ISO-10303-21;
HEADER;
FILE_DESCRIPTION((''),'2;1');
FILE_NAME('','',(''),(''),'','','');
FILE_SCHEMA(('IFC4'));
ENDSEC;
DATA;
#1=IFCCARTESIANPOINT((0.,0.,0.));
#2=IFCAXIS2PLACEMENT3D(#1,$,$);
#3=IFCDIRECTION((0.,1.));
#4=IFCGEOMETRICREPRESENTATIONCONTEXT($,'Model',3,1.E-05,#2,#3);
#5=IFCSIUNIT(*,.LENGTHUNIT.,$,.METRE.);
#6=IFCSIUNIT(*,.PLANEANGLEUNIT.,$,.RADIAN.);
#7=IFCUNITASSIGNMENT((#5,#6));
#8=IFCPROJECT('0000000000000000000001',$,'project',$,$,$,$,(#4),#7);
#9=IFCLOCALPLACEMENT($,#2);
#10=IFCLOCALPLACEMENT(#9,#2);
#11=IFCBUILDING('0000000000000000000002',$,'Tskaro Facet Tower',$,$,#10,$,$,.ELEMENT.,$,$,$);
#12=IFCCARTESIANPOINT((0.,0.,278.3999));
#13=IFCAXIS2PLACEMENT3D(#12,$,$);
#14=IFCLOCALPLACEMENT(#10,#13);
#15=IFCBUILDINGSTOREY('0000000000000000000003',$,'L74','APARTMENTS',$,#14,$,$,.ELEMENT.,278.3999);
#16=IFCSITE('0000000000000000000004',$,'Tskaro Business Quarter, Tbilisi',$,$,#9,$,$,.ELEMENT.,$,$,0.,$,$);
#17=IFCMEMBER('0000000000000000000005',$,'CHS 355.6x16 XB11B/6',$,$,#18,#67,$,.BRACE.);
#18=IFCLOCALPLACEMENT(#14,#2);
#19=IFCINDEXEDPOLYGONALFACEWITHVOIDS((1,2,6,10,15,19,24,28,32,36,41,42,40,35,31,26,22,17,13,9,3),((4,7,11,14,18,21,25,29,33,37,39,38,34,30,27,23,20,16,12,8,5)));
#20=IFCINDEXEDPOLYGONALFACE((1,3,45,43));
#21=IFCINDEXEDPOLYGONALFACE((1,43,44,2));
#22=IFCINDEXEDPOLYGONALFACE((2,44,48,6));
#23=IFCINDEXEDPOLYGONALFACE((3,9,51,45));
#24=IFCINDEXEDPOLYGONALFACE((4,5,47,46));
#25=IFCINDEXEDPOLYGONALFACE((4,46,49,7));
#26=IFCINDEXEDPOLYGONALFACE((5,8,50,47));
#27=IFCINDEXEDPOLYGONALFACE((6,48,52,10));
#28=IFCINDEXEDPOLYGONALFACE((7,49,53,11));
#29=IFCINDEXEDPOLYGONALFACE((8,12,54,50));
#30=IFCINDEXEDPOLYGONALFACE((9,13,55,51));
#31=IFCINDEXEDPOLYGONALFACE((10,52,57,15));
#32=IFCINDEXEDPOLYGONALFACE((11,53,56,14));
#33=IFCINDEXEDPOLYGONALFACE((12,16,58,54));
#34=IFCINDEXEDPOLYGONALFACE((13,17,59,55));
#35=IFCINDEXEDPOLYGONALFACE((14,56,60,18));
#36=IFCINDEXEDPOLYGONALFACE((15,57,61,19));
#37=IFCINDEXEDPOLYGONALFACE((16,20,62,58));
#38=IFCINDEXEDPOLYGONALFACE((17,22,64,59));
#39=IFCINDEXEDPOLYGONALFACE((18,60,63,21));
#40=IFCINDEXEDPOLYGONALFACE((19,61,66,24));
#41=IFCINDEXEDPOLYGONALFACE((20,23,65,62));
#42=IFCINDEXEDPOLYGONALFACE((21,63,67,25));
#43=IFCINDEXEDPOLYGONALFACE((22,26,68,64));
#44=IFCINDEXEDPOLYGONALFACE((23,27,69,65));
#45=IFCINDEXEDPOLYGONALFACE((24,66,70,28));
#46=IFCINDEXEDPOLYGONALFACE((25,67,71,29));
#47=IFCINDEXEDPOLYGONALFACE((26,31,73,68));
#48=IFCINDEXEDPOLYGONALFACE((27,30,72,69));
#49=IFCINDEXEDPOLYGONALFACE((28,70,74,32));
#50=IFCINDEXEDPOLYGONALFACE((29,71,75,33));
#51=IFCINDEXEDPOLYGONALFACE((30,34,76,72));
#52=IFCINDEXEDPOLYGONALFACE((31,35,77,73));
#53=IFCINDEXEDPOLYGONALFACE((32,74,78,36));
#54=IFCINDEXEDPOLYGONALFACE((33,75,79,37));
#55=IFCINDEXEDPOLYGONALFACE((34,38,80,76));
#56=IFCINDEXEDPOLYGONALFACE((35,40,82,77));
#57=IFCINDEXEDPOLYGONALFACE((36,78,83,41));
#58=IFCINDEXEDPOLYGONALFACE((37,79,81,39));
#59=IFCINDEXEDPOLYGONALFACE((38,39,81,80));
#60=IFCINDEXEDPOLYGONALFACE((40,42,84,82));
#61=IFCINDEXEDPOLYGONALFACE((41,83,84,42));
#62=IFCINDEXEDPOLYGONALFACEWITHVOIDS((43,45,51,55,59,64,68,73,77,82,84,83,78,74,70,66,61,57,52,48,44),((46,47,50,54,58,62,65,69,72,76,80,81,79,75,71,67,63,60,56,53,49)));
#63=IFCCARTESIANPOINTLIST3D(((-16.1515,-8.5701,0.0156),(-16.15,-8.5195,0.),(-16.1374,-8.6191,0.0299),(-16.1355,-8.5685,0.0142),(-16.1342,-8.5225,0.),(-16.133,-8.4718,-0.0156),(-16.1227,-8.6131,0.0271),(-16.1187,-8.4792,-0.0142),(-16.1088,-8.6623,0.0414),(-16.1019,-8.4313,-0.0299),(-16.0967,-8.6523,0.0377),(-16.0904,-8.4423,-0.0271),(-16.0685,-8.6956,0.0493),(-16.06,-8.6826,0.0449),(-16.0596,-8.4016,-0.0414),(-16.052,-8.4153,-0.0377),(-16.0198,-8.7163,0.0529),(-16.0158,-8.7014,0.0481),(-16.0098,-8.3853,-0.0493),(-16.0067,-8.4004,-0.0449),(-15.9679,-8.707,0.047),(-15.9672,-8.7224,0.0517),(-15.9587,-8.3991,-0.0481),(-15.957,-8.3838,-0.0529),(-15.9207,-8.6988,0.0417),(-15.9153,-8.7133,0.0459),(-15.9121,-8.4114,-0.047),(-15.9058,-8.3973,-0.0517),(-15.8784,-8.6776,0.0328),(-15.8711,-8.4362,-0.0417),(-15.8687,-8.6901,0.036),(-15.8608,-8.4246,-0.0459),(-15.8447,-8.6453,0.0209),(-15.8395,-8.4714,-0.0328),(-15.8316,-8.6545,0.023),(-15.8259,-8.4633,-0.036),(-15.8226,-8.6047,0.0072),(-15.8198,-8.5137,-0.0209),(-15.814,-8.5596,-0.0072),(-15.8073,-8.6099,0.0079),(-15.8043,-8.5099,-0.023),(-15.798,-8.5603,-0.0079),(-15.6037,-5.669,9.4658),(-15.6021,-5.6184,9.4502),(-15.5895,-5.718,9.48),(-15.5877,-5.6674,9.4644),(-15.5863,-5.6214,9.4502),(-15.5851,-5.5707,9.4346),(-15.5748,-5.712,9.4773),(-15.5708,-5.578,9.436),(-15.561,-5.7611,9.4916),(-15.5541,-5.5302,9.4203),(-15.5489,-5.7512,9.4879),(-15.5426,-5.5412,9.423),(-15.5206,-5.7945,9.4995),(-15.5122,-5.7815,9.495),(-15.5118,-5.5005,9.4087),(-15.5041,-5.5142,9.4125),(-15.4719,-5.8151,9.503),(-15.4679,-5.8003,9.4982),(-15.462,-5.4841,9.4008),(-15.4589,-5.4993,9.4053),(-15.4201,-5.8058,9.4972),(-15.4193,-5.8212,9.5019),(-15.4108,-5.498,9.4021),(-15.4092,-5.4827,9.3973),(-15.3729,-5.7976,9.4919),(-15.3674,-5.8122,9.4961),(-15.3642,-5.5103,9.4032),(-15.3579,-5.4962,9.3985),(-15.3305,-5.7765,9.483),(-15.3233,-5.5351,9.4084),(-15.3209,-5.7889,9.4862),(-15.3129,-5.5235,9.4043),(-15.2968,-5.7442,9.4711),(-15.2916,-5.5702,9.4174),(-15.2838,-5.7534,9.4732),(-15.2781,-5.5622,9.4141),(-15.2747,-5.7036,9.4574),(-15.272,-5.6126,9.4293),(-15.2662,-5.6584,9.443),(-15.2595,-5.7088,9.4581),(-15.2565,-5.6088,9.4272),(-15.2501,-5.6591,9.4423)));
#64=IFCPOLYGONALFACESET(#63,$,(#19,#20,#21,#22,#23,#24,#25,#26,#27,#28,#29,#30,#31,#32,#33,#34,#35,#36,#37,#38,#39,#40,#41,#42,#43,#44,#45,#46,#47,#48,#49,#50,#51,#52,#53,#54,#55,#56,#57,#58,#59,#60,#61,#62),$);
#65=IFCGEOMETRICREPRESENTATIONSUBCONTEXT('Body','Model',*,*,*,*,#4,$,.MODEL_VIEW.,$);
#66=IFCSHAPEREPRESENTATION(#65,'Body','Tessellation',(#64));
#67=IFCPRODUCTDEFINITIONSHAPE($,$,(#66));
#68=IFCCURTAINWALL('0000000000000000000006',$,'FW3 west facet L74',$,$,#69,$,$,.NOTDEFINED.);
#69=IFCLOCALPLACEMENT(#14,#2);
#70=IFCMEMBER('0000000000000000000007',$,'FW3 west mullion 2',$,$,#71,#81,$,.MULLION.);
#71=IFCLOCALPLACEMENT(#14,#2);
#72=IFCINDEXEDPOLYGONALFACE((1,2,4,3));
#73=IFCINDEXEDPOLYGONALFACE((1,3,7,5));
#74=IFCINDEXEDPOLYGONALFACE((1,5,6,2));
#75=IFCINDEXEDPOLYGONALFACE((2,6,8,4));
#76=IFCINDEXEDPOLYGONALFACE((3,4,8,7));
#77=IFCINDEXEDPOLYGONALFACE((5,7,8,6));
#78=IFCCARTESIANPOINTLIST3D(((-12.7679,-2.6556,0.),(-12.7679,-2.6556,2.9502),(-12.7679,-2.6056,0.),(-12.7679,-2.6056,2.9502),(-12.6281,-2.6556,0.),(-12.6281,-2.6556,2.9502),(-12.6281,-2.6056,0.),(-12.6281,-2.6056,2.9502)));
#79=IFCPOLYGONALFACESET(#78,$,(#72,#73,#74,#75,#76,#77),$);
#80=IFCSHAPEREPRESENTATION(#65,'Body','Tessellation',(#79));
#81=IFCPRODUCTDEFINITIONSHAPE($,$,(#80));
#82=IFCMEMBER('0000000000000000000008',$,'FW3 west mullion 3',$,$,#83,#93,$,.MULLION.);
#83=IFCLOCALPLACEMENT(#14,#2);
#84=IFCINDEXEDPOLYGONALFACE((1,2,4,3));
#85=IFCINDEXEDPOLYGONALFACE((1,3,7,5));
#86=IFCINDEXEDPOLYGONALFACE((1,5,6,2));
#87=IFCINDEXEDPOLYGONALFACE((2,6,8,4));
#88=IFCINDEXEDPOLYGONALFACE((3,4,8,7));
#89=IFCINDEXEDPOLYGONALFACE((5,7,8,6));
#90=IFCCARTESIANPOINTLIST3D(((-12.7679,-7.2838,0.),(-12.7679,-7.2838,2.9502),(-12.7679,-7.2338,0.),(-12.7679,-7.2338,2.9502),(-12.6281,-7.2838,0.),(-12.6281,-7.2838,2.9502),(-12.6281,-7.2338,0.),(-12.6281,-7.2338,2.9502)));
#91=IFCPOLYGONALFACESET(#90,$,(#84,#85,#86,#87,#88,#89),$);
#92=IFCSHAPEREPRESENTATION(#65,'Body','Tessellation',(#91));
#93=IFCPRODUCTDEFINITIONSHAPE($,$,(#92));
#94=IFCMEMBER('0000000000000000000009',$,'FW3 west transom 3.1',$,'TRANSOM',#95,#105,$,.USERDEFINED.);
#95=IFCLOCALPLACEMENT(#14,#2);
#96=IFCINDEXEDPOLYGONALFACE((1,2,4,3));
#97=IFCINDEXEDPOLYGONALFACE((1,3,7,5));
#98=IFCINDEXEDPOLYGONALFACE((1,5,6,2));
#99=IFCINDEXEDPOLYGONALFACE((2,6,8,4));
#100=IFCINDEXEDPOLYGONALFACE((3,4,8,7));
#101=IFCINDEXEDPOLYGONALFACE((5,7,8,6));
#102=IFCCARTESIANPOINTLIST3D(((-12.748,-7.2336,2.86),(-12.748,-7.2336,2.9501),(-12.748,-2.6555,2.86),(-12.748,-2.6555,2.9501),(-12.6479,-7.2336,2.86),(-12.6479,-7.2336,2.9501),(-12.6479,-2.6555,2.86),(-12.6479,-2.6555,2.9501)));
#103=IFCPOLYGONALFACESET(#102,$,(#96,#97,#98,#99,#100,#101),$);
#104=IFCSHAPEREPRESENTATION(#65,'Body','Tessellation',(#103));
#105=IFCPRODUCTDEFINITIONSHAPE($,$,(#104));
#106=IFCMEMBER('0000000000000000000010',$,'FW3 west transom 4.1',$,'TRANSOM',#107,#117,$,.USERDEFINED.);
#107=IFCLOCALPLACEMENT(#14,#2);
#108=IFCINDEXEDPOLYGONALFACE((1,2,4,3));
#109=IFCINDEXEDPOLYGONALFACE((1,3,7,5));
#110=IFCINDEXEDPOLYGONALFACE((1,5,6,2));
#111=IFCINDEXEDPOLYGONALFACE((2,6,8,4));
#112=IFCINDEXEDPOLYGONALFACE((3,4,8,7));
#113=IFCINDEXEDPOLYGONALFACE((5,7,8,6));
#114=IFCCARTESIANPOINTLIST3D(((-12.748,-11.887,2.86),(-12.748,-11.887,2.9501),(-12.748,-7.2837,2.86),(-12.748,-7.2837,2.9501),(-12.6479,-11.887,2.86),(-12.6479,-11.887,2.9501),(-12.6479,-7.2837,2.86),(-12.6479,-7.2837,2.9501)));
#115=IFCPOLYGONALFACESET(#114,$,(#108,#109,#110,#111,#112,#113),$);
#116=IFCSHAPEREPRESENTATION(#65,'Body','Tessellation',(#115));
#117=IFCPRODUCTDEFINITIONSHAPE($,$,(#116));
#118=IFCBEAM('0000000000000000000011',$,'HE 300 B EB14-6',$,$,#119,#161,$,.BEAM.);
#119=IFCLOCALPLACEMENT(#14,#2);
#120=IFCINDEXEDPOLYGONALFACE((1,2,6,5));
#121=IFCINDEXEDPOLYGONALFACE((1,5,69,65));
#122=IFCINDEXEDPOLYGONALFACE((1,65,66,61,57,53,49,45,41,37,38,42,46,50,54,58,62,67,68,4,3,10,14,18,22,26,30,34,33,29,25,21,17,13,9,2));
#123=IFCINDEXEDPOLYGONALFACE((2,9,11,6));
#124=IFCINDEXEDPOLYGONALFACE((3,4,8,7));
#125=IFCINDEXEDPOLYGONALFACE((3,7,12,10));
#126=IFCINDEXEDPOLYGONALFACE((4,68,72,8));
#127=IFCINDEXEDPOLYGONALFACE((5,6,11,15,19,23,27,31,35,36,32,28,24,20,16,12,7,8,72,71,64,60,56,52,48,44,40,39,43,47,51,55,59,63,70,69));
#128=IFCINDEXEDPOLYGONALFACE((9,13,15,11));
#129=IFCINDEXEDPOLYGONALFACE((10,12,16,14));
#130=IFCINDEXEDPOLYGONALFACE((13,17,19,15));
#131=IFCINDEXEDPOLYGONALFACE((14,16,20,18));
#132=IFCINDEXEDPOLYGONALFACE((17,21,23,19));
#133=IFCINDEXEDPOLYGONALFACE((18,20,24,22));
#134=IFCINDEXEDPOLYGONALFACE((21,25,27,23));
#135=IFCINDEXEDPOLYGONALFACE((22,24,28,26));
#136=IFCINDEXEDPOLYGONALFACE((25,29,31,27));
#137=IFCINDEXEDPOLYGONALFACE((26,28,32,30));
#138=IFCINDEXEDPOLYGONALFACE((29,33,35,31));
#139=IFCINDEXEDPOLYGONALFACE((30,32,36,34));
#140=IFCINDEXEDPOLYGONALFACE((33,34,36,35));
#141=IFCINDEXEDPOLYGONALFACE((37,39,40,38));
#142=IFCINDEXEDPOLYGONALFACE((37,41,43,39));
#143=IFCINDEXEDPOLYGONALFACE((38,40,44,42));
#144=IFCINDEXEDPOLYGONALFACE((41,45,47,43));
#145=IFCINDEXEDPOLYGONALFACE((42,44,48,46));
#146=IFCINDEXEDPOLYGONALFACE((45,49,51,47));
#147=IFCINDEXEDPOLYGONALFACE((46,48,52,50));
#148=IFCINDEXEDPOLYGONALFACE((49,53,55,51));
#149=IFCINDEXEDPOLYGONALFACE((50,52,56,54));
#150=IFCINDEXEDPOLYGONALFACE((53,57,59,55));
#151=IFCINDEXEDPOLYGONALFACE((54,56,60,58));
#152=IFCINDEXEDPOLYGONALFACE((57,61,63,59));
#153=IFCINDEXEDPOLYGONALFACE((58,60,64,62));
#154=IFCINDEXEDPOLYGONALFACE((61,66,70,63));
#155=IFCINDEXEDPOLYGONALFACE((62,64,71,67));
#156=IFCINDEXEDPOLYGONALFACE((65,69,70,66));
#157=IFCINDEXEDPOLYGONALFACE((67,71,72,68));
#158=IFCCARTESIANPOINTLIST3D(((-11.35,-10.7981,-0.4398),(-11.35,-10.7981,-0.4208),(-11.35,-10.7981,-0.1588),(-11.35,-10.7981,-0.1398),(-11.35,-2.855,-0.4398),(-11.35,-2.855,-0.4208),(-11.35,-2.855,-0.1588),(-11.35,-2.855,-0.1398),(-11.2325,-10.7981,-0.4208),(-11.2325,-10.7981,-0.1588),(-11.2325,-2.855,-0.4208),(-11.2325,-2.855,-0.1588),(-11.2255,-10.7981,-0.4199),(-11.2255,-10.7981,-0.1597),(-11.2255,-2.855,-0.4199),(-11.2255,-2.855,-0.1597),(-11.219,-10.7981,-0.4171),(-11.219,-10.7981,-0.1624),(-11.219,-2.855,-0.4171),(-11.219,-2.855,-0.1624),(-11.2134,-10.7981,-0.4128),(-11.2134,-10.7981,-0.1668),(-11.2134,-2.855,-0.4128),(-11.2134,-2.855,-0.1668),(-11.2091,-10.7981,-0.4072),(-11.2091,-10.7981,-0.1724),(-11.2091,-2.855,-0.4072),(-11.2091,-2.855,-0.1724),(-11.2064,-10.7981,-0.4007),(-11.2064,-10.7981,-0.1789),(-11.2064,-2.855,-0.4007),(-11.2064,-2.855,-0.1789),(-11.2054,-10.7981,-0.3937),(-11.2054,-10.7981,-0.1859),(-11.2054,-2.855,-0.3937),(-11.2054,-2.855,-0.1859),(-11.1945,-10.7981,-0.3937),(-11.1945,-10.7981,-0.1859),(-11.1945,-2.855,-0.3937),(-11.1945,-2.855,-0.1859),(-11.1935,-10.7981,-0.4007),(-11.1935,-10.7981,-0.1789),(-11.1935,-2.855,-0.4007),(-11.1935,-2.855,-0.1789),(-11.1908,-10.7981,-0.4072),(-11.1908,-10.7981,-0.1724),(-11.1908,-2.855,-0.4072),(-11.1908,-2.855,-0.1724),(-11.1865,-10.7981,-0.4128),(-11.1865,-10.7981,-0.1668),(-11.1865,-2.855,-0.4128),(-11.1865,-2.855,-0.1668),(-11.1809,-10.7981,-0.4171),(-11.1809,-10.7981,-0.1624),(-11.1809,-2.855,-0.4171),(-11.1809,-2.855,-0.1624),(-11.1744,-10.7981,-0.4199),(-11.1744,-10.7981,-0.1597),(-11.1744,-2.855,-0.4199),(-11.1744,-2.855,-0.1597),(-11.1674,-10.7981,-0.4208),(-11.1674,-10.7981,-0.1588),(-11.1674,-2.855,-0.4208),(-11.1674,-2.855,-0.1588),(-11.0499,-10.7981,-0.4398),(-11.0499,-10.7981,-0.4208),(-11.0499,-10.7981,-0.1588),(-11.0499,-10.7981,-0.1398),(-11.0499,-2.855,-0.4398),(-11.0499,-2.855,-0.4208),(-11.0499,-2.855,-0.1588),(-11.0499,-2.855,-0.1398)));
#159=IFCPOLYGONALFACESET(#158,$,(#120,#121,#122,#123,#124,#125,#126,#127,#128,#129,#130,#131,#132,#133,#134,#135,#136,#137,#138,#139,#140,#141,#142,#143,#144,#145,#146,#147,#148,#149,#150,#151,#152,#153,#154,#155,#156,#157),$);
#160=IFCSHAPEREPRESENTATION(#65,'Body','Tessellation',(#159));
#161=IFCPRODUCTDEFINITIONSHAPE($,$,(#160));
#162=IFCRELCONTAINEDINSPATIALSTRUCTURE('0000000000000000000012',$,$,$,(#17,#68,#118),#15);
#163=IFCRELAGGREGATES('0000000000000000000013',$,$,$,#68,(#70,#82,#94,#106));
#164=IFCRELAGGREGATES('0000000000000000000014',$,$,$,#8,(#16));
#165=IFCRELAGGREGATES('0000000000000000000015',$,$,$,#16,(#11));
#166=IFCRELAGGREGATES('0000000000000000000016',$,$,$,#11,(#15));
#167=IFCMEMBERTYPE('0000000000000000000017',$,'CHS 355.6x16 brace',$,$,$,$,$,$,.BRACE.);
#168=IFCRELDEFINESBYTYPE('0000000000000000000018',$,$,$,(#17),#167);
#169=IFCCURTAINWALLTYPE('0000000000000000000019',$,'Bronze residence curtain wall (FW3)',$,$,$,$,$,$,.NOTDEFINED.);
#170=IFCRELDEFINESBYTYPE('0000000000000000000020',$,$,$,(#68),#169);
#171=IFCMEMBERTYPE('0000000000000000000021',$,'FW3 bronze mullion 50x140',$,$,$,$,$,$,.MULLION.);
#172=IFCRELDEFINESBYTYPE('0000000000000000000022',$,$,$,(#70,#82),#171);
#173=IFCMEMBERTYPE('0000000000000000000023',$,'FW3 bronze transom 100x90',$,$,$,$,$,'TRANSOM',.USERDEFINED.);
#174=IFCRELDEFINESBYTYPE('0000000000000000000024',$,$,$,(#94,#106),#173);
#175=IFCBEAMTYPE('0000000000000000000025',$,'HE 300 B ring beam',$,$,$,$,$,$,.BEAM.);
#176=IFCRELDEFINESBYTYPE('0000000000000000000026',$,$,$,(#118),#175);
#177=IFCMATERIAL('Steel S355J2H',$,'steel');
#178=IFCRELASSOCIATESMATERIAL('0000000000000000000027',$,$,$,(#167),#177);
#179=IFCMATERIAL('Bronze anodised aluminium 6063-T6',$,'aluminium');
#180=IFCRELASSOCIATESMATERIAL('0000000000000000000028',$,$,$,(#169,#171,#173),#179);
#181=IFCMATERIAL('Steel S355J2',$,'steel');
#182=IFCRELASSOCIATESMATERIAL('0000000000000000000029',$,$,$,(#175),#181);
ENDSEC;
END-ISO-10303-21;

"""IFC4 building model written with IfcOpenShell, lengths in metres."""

from ifc_helpers import new_model, si_unit, direction, frame, origin, origin_2d, place, context, subcontext, project, spatial, rectangle, hollow_circle, i_section, extrude, material, material_profile, profile_set, type_object, element, aggregate, save


model = new_model("IFC4")

# Units and contexts
model_context = context("Model", 3, precision=1e-05, world=origin(), true_north=direction((0.0, 1.0)))
body_context = subcontext(model_context, "Body", "Model", "MODEL_VIEW")
ifc_project = project(units=[si_unit("LENGTHUNIT", "METRE"), si_unit("PLANEANGLEUNIT", "RADIAN")], contexts=[model_context])

# Site, building, storey
site_placement = place(None, origin())
site = spatial("IfcSite", under=ifc_project, at=site_placement, Name="Tskaro Business Quarter, Tbilisi", CompositionType="ELEMENT", RefElevation=0.0)
building_placement = place(site_placement, origin())
building = spatial("IfcBuilding", under=site, at=building_placement, Name="Tskaro Facet Tower", CompositionType="ELEMENT")
storey_placement = place(building_placement, frame((0.0, 0.0, 278.3999)))
storey = spatial("IfcBuildingStorey", under=building, at=storey_placement, Name="L74", Description="APARTMENTS", CompositionType="ELEMENT", Elevation=278.3999)

# Shared definitions
ifc_material_1 = material(Name="Steel S355J2H", Category="steel")

# Member
ifc_material_profile_1 = material_profile(ifc_material_1, hollow_circle(Radius=0.1777, WallThickness=0.0161, at=origin_2d()), Name="CHS 355.6x16")
ifc_profile_set_1 = profile_set([ifc_material_profile_1], Name="Steel S355J2H")
member_type_1 = type_object("IfcMemberType", Name="CHS 355.6x16 brace", PredefinedType="BRACE", material=ifc_profile_set_1)
member_1_placement = place(storey_placement, frame((-15.9753, -8.5525, 0.0), z_axis=(0.055335, 0.293024, 0.954503), x_axis=(-0.982633, 0.185562, 0.0)))
element("IfcMember", 1, at=member_1_placement, inside=storey, type_object=member_type_1, Name="CHS 355.6x16 XB11B/6", PredefinedType="BRACE", context=body_context, shape_type="SweptSolid", body=[
    extrude(hollow_circle(Radius=0.1777, WallThickness=0.0161, at=origin_2d()), origin(), (0.0, 0.0, 1.0), 9.9006),
])

# Curtain wall, members
ifc_material_2 = material(Name="Bronze anodised aluminium 6063-T6", Category="aluminium")
curtain_wall_type = type_object("IfcCurtainWallType", Name="Bronze residence curtain wall (FW3)", PredefinedType="NOTDEFINED", material=ifc_material_2)
curtain_wall_placement = place(storey_placement, origin())
curtain_wall = element("IfcCurtainWall", 2, at=curtain_wall_placement, inside=storey, type_object=curtain_wall_type, Name="FW3 west facet L74", PredefinedType="NOTDEFINED")
ifc_material_profile_2 = material_profile(ifc_material_2, rectangle(XDim=0.05, YDim=0.1399, at=origin_2d()), Name="Mullion 50x140")
ifc_profile_set_2 = profile_set([ifc_material_profile_2], Name="Bronze anodised aluminium 6063-T6")
member_type_2 = type_object("IfcMemberType", Name="FW3 bronze mullion 50x140", PredefinedType="MULLION", material=ifc_profile_set_2)
member_2_placement = place(storey_placement, frame((-12.698, -2.6306, 0.0), z_axis=(0.0, 0.0, 1.0), x_axis=(0.0, -1.0, 0.0)))
member_2 = element("IfcMember", 3, at=member_2_placement, type_object=member_type_2, Name="FW3 west mullion 2", PredefinedType="MULLION", context=body_context, shape_type="SweptSolid", body=[
    extrude(rectangle(XDim=0.05, YDim=0.1399, at=origin_2d()), origin(), (0.0, 0.0, 1.0), 2.9502),
])
member_3_placement = place(storey_placement, frame((-12.698, -7.2588, 0.0), z_axis=(0.0, 0.0, 1.0), x_axis=(0.0, -1.0, 0.0)))
member_3 = element("IfcMember", 4, at=member_3_placement, type_object=member_type_2, Name="FW3 west mullion 3", PredefinedType="MULLION", context=body_context, shape_type="SweptSolid", body=[
    extrude(rectangle(XDim=0.05, YDim=0.1399, at=origin_2d()), origin(), (0.0, 0.0, 1.0), 2.9502),
])
ifc_material_profile_3 = material_profile(ifc_material_2, rectangle(XDim=0.1001, YDim=0.0901, at=origin_2d()), Name="Transom 100x90")
ifc_profile_set_3 = profile_set([ifc_material_profile_3], Name="Bronze anodised aluminium 6063-T6")
member_type_3 = type_object("IfcMemberType", Name="FW3 bronze transom 100x90", ElementType="TRANSOM", PredefinedType="USERDEFINED", material=ifc_profile_set_3)
member_4_placement = place(storey_placement, frame((-12.698, -2.6555, 2.905), z_axis=(0.0, -1.0, 0.0), x_axis=(1.0, 0.0, 0.0)))
member_4 = element("IfcMember", 5, at=member_4_placement, type_object=member_type_3, Name="FW3 west transom 3.1", ObjectType="TRANSOM", PredefinedType="USERDEFINED", context=body_context, shape_type="SweptSolid", body=[
    extrude(rectangle(XDim=0.1001, YDim=0.0901, at=origin_2d()), origin(), (0.0, 0.0, 1.0), 4.5781),
])
member_5_placement = place(storey_placement, frame((-12.698, -7.2837, 2.905), z_axis=(0.0, -1.0, 0.0), x_axis=(1.0, 0.0, 0.0)))
member_5 = element("IfcMember", 6, at=member_5_placement, type_object=member_type_3, Name="FW3 west transom 4.1", ObjectType="TRANSOM", PredefinedType="USERDEFINED", context=body_context, shape_type="SweptSolid", body=[
    extrude(rectangle(XDim=0.1001, YDim=0.0901, at=origin_2d()), origin(), (0.0, 0.0, 1.0), 4.6033),
])

# Beam
ifc_material_3 = material(Name="Steel S355J2", Category="steel")
ifc_material_profile_4 = material_profile(ifc_material_3, i_section(OverallWidth=0.3, OverallDepth=0.3, WebThickness=0.011, FlangeThickness=0.019, FilletRadius=0.0271, at=origin_2d()), Name="HE 300 B")
ifc_profile_set_4 = profile_set([ifc_material_profile_4], Name="Steel S355J2")
beam_type_1 = type_object("IfcBeamType", Name="HE 300 B ring beam", PredefinedType="BEAM", material=ifc_profile_set_4)
beam_1_placement = place(storey_placement, frame((-11.2, -2.855, -0.2898), z_axis=(0.0, -1.0, 0.0), x_axis=(1.0, 0.0, 0.0)))
element("IfcBeam", 7, at=beam_1_placement, inside=storey, type_object=beam_type_1, Name="HE 300 B EB14-6", PredefinedType="BEAM", context=body_context, shape_type="SweptSolid", body=[
    extrude(i_section(OverallWidth=0.3, OverallDepth=0.3, WebThickness=0.011, FlangeThickness=0.019, FilletRadius=0.0271, at=origin_2d()), origin(), (0.0, 0.0, 1.0), 7.9431),
])

aggregate(curtain_wall, [member_2, member_3, member_4, member_5])

save(model, "model.ifc")
